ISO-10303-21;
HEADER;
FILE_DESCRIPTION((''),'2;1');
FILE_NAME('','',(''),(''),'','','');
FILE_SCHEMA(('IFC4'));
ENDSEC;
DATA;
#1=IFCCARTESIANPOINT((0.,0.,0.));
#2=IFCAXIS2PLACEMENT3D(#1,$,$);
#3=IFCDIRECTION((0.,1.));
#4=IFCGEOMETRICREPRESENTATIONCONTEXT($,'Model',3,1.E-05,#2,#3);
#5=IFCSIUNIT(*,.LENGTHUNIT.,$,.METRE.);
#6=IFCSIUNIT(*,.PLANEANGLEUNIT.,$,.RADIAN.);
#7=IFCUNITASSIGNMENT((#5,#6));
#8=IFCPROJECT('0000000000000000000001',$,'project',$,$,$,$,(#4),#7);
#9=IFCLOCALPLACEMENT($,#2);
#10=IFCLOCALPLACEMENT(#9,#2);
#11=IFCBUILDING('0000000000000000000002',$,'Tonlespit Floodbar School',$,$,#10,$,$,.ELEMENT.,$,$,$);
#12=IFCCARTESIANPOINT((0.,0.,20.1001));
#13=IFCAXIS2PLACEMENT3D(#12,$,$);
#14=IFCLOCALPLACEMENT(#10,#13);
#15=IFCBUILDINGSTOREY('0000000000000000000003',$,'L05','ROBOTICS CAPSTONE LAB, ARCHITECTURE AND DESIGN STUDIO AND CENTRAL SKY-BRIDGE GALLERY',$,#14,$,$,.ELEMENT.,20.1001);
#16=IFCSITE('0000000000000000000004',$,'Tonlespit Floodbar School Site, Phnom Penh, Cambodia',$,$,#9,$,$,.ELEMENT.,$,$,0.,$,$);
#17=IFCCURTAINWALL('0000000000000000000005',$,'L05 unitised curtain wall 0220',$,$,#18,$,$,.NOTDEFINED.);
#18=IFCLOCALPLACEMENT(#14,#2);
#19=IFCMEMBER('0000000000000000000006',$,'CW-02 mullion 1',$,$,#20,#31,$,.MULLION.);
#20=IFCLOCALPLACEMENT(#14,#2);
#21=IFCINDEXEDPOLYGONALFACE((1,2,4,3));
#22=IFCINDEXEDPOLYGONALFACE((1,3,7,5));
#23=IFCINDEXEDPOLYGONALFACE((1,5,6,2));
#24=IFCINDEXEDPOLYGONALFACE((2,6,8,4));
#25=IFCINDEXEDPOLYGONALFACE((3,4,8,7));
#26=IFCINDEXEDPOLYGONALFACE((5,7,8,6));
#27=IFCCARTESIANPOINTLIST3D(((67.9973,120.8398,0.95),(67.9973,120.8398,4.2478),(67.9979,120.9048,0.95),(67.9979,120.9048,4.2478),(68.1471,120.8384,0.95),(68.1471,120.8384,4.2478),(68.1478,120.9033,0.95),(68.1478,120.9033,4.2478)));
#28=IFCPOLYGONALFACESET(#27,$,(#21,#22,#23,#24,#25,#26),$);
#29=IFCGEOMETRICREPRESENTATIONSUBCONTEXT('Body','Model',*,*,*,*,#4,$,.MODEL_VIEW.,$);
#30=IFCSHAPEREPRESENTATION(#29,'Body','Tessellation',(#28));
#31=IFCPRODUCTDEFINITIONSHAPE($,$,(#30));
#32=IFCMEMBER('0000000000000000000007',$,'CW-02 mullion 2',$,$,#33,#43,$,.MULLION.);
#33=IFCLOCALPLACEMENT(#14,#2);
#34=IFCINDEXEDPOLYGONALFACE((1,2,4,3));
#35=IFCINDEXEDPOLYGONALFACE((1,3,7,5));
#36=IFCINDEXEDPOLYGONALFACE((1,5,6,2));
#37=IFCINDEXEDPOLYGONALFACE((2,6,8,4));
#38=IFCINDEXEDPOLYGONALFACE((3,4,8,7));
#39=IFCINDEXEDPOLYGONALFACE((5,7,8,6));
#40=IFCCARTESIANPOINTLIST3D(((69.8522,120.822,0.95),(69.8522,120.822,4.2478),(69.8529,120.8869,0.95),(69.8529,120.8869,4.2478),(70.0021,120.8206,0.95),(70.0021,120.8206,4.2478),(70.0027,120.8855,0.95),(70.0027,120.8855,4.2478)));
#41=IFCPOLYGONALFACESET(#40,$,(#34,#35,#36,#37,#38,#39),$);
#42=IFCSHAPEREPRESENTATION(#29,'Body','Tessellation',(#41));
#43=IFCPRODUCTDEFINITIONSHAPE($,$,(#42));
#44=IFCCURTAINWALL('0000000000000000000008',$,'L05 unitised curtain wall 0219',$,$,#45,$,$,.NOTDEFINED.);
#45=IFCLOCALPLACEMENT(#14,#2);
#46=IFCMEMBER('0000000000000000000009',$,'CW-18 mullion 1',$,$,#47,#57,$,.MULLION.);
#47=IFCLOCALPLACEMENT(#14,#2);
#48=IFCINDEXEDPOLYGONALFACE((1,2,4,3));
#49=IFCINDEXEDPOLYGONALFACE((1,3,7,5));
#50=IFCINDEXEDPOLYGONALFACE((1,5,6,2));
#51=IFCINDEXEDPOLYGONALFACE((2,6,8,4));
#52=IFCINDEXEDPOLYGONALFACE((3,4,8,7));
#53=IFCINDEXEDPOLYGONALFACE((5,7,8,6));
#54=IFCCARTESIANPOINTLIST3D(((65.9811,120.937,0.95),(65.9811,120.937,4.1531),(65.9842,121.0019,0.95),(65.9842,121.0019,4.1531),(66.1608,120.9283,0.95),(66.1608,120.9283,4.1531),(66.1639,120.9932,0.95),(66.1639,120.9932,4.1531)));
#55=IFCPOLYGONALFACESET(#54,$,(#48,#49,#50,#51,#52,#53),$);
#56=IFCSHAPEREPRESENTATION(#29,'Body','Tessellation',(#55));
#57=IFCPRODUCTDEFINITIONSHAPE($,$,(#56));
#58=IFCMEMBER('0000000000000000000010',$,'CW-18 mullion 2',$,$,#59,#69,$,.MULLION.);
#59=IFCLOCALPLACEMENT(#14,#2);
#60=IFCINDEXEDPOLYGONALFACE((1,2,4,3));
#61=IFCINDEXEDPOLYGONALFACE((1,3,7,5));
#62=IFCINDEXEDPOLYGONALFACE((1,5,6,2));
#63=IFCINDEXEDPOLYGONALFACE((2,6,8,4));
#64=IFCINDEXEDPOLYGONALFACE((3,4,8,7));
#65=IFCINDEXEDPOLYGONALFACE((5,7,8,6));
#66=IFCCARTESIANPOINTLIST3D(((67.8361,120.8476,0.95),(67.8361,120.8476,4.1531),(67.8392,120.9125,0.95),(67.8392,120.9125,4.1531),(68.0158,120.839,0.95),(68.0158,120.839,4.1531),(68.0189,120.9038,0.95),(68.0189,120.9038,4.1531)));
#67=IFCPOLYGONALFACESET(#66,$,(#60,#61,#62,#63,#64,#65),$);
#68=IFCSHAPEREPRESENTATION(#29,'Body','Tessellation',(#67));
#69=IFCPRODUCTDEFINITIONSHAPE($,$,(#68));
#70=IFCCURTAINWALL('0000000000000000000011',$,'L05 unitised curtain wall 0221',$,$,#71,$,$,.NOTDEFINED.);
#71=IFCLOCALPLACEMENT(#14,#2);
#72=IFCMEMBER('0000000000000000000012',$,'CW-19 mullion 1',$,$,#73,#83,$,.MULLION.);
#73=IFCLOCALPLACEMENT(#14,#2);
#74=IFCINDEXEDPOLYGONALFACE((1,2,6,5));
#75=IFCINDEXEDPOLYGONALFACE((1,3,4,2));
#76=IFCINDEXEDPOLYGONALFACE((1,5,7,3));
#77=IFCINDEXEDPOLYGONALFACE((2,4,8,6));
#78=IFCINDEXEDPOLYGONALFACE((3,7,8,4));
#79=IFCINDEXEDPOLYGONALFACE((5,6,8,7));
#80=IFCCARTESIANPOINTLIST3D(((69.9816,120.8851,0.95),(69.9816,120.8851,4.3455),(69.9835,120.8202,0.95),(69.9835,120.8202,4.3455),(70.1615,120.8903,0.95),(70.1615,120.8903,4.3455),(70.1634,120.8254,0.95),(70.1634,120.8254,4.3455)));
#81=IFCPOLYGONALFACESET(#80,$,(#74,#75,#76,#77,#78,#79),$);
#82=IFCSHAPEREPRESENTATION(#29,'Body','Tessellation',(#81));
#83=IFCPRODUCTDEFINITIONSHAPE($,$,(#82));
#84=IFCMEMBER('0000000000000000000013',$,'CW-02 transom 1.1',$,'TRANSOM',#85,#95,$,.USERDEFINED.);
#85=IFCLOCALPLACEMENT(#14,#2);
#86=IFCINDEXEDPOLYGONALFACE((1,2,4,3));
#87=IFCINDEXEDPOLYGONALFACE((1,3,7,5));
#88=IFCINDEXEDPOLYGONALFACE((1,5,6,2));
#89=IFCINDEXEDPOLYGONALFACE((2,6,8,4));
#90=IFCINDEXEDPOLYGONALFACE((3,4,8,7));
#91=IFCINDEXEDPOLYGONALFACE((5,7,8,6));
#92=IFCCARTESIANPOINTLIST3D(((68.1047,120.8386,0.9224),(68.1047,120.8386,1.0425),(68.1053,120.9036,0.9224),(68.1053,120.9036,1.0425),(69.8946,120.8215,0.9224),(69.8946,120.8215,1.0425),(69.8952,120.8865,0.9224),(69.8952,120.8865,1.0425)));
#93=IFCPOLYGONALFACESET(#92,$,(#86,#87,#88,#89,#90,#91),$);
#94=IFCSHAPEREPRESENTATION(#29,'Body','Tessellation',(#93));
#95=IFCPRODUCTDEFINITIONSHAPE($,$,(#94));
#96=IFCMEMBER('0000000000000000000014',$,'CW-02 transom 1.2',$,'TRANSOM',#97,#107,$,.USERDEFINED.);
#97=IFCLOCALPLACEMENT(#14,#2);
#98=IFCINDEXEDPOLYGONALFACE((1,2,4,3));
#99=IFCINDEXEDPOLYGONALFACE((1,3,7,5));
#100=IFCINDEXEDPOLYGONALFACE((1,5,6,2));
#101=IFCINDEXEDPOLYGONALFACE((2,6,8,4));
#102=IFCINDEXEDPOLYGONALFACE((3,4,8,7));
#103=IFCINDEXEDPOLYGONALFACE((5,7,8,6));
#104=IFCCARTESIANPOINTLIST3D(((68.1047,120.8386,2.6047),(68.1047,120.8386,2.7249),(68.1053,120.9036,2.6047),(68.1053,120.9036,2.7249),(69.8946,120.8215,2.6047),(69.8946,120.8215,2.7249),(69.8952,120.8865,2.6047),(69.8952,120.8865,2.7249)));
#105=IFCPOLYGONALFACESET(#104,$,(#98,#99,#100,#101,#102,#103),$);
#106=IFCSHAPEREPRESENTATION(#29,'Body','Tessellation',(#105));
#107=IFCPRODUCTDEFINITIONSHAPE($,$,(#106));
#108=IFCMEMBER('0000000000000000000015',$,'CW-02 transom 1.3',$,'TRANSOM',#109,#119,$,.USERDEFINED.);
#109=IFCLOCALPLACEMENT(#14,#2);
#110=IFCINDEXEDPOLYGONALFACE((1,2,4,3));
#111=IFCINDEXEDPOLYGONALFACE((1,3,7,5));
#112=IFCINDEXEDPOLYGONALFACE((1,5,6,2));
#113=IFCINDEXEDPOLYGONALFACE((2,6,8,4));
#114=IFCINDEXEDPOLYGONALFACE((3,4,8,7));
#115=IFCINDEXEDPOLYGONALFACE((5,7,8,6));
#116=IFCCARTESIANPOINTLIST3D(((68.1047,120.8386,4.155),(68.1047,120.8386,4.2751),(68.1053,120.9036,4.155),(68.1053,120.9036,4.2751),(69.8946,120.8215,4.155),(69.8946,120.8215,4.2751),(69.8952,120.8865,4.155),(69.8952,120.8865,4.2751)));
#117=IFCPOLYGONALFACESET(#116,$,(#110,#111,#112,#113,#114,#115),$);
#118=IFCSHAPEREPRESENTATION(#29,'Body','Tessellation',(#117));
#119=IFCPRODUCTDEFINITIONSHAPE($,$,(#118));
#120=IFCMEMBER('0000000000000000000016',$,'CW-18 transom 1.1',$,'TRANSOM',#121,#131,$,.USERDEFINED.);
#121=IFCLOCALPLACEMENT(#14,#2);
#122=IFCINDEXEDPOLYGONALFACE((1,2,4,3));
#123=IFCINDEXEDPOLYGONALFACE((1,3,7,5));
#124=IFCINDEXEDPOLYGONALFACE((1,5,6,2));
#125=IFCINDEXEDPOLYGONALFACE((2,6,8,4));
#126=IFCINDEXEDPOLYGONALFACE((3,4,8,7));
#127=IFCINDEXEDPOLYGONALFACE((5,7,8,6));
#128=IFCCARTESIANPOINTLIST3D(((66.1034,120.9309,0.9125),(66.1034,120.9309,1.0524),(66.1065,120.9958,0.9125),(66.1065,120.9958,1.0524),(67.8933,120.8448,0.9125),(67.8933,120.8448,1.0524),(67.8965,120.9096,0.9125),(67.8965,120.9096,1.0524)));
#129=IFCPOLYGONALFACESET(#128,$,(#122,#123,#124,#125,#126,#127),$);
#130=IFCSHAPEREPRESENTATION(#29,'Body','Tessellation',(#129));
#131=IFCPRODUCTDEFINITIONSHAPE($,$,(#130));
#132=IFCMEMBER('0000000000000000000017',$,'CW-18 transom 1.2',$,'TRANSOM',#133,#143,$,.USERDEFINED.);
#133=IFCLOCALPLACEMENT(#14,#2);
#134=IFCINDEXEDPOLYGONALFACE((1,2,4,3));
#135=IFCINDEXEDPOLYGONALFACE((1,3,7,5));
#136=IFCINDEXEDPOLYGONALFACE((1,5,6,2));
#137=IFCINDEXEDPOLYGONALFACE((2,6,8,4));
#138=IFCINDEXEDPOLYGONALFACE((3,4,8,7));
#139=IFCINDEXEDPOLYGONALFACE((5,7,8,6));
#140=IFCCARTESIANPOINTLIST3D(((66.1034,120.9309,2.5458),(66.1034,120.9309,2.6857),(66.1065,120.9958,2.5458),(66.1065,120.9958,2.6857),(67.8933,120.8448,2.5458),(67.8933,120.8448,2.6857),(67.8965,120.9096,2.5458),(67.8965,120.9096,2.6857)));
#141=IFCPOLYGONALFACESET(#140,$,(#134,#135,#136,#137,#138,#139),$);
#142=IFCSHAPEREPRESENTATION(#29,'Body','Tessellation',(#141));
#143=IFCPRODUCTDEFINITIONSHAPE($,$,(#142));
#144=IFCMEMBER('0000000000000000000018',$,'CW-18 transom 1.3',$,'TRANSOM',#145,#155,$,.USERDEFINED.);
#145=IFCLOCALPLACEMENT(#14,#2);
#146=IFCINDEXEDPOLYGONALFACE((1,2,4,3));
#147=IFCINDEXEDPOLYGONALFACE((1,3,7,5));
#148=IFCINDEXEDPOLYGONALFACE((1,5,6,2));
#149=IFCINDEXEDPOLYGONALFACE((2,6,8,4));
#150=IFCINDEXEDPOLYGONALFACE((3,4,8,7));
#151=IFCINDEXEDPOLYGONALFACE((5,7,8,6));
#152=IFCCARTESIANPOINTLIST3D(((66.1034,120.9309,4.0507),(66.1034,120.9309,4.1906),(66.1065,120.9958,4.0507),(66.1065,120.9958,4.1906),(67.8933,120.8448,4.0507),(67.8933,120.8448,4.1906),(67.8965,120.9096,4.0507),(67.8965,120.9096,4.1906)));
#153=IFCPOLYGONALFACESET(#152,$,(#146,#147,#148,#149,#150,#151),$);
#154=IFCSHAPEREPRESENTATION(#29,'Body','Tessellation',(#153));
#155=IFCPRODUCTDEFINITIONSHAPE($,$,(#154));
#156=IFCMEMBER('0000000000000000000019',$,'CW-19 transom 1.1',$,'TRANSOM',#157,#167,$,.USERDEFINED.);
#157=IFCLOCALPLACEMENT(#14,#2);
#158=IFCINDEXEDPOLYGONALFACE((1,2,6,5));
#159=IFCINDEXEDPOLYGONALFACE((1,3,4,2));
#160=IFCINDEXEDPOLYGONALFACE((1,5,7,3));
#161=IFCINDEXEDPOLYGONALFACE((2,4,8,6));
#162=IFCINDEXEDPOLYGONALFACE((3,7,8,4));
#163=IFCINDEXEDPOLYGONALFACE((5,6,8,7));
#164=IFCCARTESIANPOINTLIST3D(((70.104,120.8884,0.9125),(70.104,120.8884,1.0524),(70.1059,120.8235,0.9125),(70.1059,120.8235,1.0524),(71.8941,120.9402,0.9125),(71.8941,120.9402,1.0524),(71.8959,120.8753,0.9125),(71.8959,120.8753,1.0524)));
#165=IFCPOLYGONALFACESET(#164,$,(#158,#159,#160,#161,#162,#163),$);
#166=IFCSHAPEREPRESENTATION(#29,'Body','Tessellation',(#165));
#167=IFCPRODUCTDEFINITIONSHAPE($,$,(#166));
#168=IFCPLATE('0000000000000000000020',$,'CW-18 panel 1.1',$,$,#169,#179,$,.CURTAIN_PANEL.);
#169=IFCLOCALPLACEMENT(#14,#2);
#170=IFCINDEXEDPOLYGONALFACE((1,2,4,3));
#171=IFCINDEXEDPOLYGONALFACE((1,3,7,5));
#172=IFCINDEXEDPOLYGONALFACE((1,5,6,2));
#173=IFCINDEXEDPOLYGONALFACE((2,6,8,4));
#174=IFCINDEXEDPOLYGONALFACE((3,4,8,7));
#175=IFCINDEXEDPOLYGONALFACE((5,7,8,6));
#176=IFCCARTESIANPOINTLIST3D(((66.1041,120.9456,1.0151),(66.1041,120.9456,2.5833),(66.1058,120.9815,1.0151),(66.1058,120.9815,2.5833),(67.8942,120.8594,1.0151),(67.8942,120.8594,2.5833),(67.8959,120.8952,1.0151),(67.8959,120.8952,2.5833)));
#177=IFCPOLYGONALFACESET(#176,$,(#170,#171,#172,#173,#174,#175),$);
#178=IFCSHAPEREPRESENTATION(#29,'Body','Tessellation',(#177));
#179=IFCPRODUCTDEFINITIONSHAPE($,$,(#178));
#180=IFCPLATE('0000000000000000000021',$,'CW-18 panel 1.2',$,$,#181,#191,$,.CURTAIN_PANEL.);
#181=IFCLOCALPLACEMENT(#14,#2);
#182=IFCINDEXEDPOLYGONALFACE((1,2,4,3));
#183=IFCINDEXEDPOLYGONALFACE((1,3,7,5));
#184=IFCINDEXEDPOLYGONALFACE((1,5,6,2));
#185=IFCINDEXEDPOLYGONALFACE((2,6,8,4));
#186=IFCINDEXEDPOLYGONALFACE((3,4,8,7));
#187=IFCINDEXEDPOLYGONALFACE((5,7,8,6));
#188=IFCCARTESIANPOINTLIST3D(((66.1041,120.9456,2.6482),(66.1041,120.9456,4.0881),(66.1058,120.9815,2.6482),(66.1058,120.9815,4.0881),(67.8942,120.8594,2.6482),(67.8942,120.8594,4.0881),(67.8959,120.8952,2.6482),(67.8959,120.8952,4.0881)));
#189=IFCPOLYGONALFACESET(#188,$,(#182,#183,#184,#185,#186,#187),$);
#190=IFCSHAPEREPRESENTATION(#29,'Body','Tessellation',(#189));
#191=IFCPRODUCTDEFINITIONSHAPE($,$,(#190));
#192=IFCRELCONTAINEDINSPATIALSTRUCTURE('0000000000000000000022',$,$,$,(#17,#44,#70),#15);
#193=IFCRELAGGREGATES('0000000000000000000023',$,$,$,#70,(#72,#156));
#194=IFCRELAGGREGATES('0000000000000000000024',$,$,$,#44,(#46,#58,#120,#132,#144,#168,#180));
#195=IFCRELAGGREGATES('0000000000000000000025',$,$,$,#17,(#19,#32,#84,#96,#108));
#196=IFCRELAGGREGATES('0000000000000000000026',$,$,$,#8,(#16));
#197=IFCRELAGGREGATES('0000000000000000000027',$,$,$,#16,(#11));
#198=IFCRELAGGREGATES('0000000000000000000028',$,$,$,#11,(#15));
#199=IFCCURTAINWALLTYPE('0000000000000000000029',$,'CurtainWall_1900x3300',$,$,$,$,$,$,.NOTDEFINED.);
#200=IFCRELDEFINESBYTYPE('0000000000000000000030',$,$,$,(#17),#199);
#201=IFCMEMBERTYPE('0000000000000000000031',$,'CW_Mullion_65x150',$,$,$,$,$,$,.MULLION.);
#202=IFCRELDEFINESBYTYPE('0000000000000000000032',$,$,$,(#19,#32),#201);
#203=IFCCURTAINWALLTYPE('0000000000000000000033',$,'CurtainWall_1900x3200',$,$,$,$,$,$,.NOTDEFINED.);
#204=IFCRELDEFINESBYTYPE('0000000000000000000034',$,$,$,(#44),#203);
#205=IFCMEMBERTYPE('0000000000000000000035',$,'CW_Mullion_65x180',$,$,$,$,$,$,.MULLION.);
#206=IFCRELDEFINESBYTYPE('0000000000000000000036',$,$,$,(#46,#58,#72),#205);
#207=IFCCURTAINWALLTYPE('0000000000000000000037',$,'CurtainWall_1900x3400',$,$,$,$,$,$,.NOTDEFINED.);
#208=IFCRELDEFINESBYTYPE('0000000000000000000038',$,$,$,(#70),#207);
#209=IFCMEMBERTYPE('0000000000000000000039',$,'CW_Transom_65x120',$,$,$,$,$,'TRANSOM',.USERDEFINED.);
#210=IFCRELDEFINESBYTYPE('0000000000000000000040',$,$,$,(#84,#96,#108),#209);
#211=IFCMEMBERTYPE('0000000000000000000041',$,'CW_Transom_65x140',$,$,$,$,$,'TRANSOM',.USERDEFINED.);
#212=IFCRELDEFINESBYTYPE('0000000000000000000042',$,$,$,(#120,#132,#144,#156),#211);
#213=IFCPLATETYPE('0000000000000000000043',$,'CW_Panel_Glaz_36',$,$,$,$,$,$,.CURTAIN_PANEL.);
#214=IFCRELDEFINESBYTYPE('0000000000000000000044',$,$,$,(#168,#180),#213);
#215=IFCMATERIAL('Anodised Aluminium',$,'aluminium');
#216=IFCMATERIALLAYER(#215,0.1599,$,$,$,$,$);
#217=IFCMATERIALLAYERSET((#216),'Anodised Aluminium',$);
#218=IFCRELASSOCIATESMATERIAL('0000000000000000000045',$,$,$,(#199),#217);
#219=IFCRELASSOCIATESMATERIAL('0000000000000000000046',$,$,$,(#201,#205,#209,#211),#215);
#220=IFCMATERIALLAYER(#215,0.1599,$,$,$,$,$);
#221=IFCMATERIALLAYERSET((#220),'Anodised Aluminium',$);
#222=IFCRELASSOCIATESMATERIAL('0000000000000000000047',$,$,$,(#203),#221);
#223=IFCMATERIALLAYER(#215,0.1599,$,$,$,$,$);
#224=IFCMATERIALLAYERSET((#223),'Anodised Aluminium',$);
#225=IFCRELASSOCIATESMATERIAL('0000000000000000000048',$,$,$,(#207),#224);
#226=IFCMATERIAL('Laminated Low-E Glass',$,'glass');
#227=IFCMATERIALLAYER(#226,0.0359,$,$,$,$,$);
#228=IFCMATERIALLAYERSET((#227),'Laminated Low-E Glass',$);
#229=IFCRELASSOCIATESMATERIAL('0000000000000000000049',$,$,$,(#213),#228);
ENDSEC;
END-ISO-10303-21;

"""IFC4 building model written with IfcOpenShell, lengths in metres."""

from ifc_helpers import new_model, si_unit, direction, frame, origin, origin_2d, place, context, subcontext, project, spatial, rectangle, extrude, material, layer, layer_set, material_profile, profile_set, type_object, element, aggregate, save


model = new_model("IFC4")

# Units and contexts
model_context = context("Model", 3, precision=1e-05, world=origin(), true_north=direction((0.0, 1.0)))
body_context = subcontext(model_context, "Body", "Model", "MODEL_VIEW")
ifc_project = project(units=[si_unit("LENGTHUNIT", "METRE"), si_unit("PLANEANGLEUNIT", "RADIAN")], contexts=[model_context])

# Site, building, storey
site_placement = place(None, origin())
site = spatial("IfcSite", under=ifc_project, at=site_placement, Name="Tonlespit Floodbar School Site, Phnom Penh, Cambodia", CompositionType="ELEMENT", RefElevation=0.0)
building_placement = place(site_placement, origin())
building = spatial("IfcBuilding", under=site, at=building_placement, Name="Tonlespit Floodbar School", CompositionType="ELEMENT")
storey_placement = place(building_placement, frame((0.0, 0.0, 20.1001)))
storey = spatial("IfcBuildingStorey", under=building, at=storey_placement, Name="L05", Description="ROBOTICS CAPSTONE LAB, ARCHITECTURE AND DESIGN STUDIO AND CENTRAL SKY-BRIDGE GALLERY", CompositionType="ELEMENT", Elevation=20.1001)

# Curtain walls, members
ifc_material_1 = material(Name="Anodised Aluminium", Category="aluminium")
ifc_layer_1 = layer(ifc_material_1, 0.1599)
ifc_layer_set_1 = layer_set([ifc_layer_1], Name="Anodised Aluminium")
curtain_wall_type_1 = type_object("IfcCurtainWallType", Name="CurtainWall_1900x3300", PredefinedType="NOTDEFINED", material=ifc_layer_set_1)
curtain_wall_1_placement = place(storey_placement, origin())
curtain_wall_1 = element("IfcCurtainWall", 1, at=curtain_wall_1_placement, inside=storey, type_object=curtain_wall_type_1, Name="L05 unitised curtain wall 0220", PredefinedType="NOTDEFINED")
ifc_material_profile_1 = material_profile(ifc_material_1, rectangle(XDim=0.0649, YDim=0.1499, at=origin_2d()), Name="ALU M65x150")
ifc_profile_set_1 = profile_set([ifc_material_profile_1], Name="Anodised Aluminium")
member_type_1 = type_object("IfcMemberType", Name="CW_Mullion_65x150", PredefinedType="MULLION", material=ifc_profile_set_1)
member_1_placement = place(storey_placement, frame((68.0725, 120.8716, 0.95), z_axis=(0.0, 0.0, 1.0), x_axis=(0.009583, 0.999954, 0.0)))
member_1 = element("IfcMember", 2, at=member_1_placement, type_object=member_type_1, Name="CW-02 mullion 1", PredefinedType="MULLION", context=body_context, shape_type="SweptSolid", body=[
    extrude(rectangle(XDim=0.0649, YDim=0.1499, at=origin_2d()), origin(), (0.0, 0.0, 1.0), 3.2979),
])
member_2_placement = place(storey_placement, frame((69.9275, 120.8538, 0.95), z_axis=(0.0, 0.0, 1.0), x_axis=(0.009583, 0.999954, 0.0)))
member_2 = element("IfcMember", 3, at=member_2_placement, type_object=member_type_1, Name="CW-02 mullion 2", PredefinedType="MULLION", context=body_context, shape_type="SweptSolid", body=[
    extrude(rectangle(XDim=0.0649, YDim=0.1499, at=origin_2d()), origin(), (0.0, 0.0, 1.0), 3.2979),
])
ifc_layer_2 = layer(ifc_material_1, 0.1599)
ifc_layer_set_2 = layer_set([ifc_layer_2], Name="Anodised Aluminium")
curtain_wall_type_2 = type_object("IfcCurtainWallType", Name="CurtainWall_1900x3200", PredefinedType="NOTDEFINED", material=ifc_layer_set_2)
curtain_wall_2_placement = place(storey_placement, origin())
curtain_wall_2 = element("IfcCurtainWall", 4, at=curtain_wall_2_placement, inside=storey, type_object=curtain_wall_type_2, Name="L05 unitised curtain wall 0219", PredefinedType="NOTDEFINED")
ifc_material_profile_2 = material_profile(ifc_material_1, rectangle(XDim=0.0649, YDim=0.1799, at=origin_2d()), Name="ALU M65x180")
ifc_profile_set_2 = profile_set([ifc_material_profile_2], Name="Anodised Aluminium")
member_type_2 = type_object("IfcMemberType", Name="CW_Mullion_65x180", PredefinedType="MULLION", material=ifc_profile_set_2)
member_3_placement = place(storey_placement, frame((66.0725, 120.9651, 0.95), z_axis=(0.0, 0.0, 1.0), x_axis=(0.048121, 0.998842, 0.0)))
member_3 = element("IfcMember", 5, at=member_3_placement, type_object=member_type_2, Name="CW-18 mullion 1", PredefinedType="MULLION", context=body_context, shape_type="SweptSolid", body=[
    extrude(rectangle(XDim=0.0649, YDim=0.1799, at=origin_2d()), origin(), (0.0, 0.0, 1.0), 3.2031),
])
member_4_placement = place(storey_placement, frame((67.9275, 120.8757, 0.95), z_axis=(0.0, 0.0, 1.0), x_axis=(0.048121, 0.998842, 0.0)))
member_4 = element("IfcMember", 6, at=member_4_placement, type_object=member_type_2, Name="CW-18 mullion 2", PredefinedType="MULLION", context=body_context, shape_type="SweptSolid", body=[
    extrude(rectangle(XDim=0.0649, YDim=0.1799, at=origin_2d()), origin(), (0.0, 0.0, 1.0), 3.2031),
])

# Curtain wall, member
ifc_layer_3 = layer(ifc_material_1, 0.1599)
ifc_layer_set_3 = layer_set([ifc_layer_3], Name="Anodised Aluminium")
curtain_wall_type_3 = type_object("IfcCurtainWallType", Name="CurtainWall_1900x3400", PredefinedType="NOTDEFINED", material=ifc_layer_set_3)
curtain_wall_3_placement = place(storey_placement, origin())
curtain_wall_3 = element("IfcCurtainWall", 7, at=curtain_wall_3_placement, inside=storey, type_object=curtain_wall_type_3, Name="L05 unitised curtain wall 0221", PredefinedType="NOTDEFINED")
member_5_placement = place(storey_placement, frame((70.0725, 120.8552, 0.95), z_axis=(0.0, 0.0, 1.0), x_axis=(-0.02879, 0.999585, 0.0)))
member_5 = element("IfcMember", 8, at=member_5_placement, type_object=member_type_2, Name="CW-19 mullion 1", PredefinedType="MULLION", context=body_context, shape_type="SweptSolid", body=[
    extrude(rectangle(XDim=0.0649, YDim=0.1799, at=origin_2d()), origin(), (0.0, 0.0, 1.0), 3.3955),
])

# Members
ifc_material_profile_3 = material_profile(ifc_material_1, rectangle(XDim=0.0649, YDim=0.1201, at=origin_2d()), Name="ALU T65x120")
ifc_profile_set_3 = profile_set([ifc_material_profile_3], Name="Anodised Aluminium")
member_type_3 = type_object("IfcMemberType", Name="CW_Transom_65x120", ElementType="TRANSOM", PredefinedType="USERDEFINED", material=ifc_profile_set_3)
member_6_placement = place(storey_placement, frame((68.105, 120.8711, 0.9824), z_axis=(0.999954, -0.009547, 0.0), x_axis=(0.009547, 0.999954, 0.0)))
member_6 = element("IfcMember", 9, at=member_6_placement, type_object=member_type_3, Name="CW-02 transom 1.1", ObjectType="TRANSOM", PredefinedType="USERDEFINED", context=body_context, shape_type="SweptSolid", body=[
    extrude(rectangle(XDim=0.0649, YDim=0.1201, at=origin_2d()), origin(), (0.0, 0.0, 1.0), 1.79),
])
member_7_placement = place(storey_placement, frame((68.105, 120.8711, 2.6648), z_axis=(0.999954, -0.009547, 0.0), x_axis=(0.009547, 0.999954, 0.0)))
member_7 = element("IfcMember", 10, at=member_7_placement, type_object=member_type_3, Name="CW-02 transom 1.2", ObjectType="TRANSOM", PredefinedType="USERDEFINED", context=body_context, shape_type="SweptSolid", body=[
    extrude(rectangle(XDim=0.0649, YDim=0.1201, at=origin_2d()), origin(), (0.0, 0.0, 1.0), 1.79),
])
member_8_placement = place(storey_placement, frame((68.105, 120.8711, 4.2151), z_axis=(0.999954, -0.009547, 0.0), x_axis=(0.009547, 0.999954, 0.0)))
member_8 = element("IfcMember", 11, at=member_8_placement, type_object=member_type_3, Name="CW-02 transom 1.3", ObjectType="TRANSOM", PredefinedType="USERDEFINED", context=body_context, shape_type="SweptSolid", body=[
    extrude(rectangle(XDim=0.0649, YDim=0.1201, at=origin_2d()), origin(), (0.0, 0.0, 1.0), 1.79),
])
ifc_material_profile_4 = material_profile(ifc_material_1, rectangle(XDim=0.0649, YDim=0.1399, at=origin_2d()), Name="ALU T65x140")
ifc_profile_set_4 = profile_set([ifc_material_profile_4], Name="Anodised Aluminium")
member_type_4 = type_object("IfcMemberType", Name="CW_Transom_65x140", ElementType="TRANSOM", PredefinedType="USERDEFINED", material=ifc_profile_set_4)
member_9_placement = place(storey_placement, frame((66.105, 120.9634, 0.9824), z_axis=(0.998843, -0.048089, 0.0), x_axis=(0.048089, 0.998843, 0.0)))
member_9 = element("IfcMember", 12, at=member_9_placement, type_object=member_type_4, Name="CW-18 transom 1.1", ObjectType="TRANSOM", PredefinedType="USERDEFINED", context=body_context, shape_type="SweptSolid", body=[
    extrude(rectangle(XDim=0.0649, YDim=0.1399, at=origin_2d()), origin(), (0.0, 0.0, 1.0), 1.792),
])
member_10_placement = place(storey_placement, frame((66.105, 120.9634, 2.6157), z_axis=(0.998843, -0.048089, 0.0), x_axis=(0.048089, 0.998843, 0.0)))
member_10 = element("IfcMember", 13, at=member_10_placement, type_object=member_type_4, Name="CW-18 transom 1.2", ObjectType="TRANSOM", PredefinedType="USERDEFINED", context=body_context, shape_type="SweptSolid", body=[
    extrude(rectangle(XDim=0.0649, YDim=0.1399, at=origin_2d()), origin(), (0.0, 0.0, 1.0), 1.792),
])
member_11_placement = place(storey_placement, frame((66.105, 120.9634, 4.1206), z_axis=(0.998843, -0.048089, 0.0), x_axis=(0.048089, 0.998843, 0.0)))
member_11 = element("IfcMember", 14, at=member_11_placement, type_object=member_type_4, Name="CW-18 transom 1.3", ObjectType="TRANSOM", PredefinedType="USERDEFINED", context=body_context, shape_type="SweptSolid", body=[
    extrude(rectangle(XDim=0.0649, YDim=0.1399, at=origin_2d()), origin(), (0.0, 0.0, 1.0), 1.792),
])
member_12_placement = place(storey_placement, frame((70.105, 120.856, 0.9824), z_axis=(0.999582, 0.028902, 0.0), x_axis=(-0.028902, 0.999582, 0.0)))
member_12 = element("IfcMember", 15, at=member_12_placement, type_object=member_type_4, Name="CW-19 transom 1.1", ObjectType="TRANSOM", PredefinedType="USERDEFINED", context=body_context, shape_type="SweptSolid", body=[
    extrude(rectangle(XDim=0.0649, YDim=0.1399, at=origin_2d()), origin(), (0.0, 0.0, 1.0), 1.7908),
])
aggregate(curtain_wall_3, [member_5, member_12])

# Plates
ifc_material_2 = material(Name="Laminated Low-E Glass", Category="glass")
ifc_layer_4 = layer(ifc_material_2, 0.0359)
ifc_layer_set_4 = layer_set([ifc_layer_4], Name="Laminated Low-E Glass")
plate_type_1 = type_object("IfcPlateType", Name="CW_Panel_Glaz_36", PredefinedType="CURTAIN_PANEL", material=ifc_layer_set_4)
plate_1_placement = place(storey_placement, frame((67.0, 120.9204, 1.0151), z_axis=(0.0, 0.0, 1.0), x_axis=(0.998842, -0.048121, 0.0)))
plate_1 = element("IfcPlate", 16, at=plate_1_placement, type_object=plate_type_1, Name="CW-18 panel 1.1", PredefinedType="CURTAIN_PANEL", context=body_context, shape_type="SweptSolid", body=[
    extrude(rectangle(XDim=1.7922, YDim=0.0359, at=origin_2d()), origin(), (0.0, 0.0, 1.0), 1.5681),
])
plate_2_placement = place(storey_placement, frame((67.0, 120.9204, 2.6482), z_axis=(0.0, 0.0, 1.0), x_axis=(0.998842, -0.048121, 0.0)))
plate_2 = element("IfcPlate", 17, at=plate_2_placement, type_object=plate_type_1, Name="CW-18 panel 1.2", PredefinedType="CURTAIN_PANEL", context=body_context, shape_type="SweptSolid", body=[
    extrude(rectangle(XDim=1.7922, YDim=0.0359, at=origin_2d()), origin(), (0.0, 0.0, 1.0), 1.4399),
])
aggregate(curtain_wall_2, [member_3, member_4, member_9, member_10, member_11, plate_1, plate_2])
aggregate(curtain_wall_1, [member_1, member_2, member_6, member_7, member_8])

save(model, "model.ifc")
